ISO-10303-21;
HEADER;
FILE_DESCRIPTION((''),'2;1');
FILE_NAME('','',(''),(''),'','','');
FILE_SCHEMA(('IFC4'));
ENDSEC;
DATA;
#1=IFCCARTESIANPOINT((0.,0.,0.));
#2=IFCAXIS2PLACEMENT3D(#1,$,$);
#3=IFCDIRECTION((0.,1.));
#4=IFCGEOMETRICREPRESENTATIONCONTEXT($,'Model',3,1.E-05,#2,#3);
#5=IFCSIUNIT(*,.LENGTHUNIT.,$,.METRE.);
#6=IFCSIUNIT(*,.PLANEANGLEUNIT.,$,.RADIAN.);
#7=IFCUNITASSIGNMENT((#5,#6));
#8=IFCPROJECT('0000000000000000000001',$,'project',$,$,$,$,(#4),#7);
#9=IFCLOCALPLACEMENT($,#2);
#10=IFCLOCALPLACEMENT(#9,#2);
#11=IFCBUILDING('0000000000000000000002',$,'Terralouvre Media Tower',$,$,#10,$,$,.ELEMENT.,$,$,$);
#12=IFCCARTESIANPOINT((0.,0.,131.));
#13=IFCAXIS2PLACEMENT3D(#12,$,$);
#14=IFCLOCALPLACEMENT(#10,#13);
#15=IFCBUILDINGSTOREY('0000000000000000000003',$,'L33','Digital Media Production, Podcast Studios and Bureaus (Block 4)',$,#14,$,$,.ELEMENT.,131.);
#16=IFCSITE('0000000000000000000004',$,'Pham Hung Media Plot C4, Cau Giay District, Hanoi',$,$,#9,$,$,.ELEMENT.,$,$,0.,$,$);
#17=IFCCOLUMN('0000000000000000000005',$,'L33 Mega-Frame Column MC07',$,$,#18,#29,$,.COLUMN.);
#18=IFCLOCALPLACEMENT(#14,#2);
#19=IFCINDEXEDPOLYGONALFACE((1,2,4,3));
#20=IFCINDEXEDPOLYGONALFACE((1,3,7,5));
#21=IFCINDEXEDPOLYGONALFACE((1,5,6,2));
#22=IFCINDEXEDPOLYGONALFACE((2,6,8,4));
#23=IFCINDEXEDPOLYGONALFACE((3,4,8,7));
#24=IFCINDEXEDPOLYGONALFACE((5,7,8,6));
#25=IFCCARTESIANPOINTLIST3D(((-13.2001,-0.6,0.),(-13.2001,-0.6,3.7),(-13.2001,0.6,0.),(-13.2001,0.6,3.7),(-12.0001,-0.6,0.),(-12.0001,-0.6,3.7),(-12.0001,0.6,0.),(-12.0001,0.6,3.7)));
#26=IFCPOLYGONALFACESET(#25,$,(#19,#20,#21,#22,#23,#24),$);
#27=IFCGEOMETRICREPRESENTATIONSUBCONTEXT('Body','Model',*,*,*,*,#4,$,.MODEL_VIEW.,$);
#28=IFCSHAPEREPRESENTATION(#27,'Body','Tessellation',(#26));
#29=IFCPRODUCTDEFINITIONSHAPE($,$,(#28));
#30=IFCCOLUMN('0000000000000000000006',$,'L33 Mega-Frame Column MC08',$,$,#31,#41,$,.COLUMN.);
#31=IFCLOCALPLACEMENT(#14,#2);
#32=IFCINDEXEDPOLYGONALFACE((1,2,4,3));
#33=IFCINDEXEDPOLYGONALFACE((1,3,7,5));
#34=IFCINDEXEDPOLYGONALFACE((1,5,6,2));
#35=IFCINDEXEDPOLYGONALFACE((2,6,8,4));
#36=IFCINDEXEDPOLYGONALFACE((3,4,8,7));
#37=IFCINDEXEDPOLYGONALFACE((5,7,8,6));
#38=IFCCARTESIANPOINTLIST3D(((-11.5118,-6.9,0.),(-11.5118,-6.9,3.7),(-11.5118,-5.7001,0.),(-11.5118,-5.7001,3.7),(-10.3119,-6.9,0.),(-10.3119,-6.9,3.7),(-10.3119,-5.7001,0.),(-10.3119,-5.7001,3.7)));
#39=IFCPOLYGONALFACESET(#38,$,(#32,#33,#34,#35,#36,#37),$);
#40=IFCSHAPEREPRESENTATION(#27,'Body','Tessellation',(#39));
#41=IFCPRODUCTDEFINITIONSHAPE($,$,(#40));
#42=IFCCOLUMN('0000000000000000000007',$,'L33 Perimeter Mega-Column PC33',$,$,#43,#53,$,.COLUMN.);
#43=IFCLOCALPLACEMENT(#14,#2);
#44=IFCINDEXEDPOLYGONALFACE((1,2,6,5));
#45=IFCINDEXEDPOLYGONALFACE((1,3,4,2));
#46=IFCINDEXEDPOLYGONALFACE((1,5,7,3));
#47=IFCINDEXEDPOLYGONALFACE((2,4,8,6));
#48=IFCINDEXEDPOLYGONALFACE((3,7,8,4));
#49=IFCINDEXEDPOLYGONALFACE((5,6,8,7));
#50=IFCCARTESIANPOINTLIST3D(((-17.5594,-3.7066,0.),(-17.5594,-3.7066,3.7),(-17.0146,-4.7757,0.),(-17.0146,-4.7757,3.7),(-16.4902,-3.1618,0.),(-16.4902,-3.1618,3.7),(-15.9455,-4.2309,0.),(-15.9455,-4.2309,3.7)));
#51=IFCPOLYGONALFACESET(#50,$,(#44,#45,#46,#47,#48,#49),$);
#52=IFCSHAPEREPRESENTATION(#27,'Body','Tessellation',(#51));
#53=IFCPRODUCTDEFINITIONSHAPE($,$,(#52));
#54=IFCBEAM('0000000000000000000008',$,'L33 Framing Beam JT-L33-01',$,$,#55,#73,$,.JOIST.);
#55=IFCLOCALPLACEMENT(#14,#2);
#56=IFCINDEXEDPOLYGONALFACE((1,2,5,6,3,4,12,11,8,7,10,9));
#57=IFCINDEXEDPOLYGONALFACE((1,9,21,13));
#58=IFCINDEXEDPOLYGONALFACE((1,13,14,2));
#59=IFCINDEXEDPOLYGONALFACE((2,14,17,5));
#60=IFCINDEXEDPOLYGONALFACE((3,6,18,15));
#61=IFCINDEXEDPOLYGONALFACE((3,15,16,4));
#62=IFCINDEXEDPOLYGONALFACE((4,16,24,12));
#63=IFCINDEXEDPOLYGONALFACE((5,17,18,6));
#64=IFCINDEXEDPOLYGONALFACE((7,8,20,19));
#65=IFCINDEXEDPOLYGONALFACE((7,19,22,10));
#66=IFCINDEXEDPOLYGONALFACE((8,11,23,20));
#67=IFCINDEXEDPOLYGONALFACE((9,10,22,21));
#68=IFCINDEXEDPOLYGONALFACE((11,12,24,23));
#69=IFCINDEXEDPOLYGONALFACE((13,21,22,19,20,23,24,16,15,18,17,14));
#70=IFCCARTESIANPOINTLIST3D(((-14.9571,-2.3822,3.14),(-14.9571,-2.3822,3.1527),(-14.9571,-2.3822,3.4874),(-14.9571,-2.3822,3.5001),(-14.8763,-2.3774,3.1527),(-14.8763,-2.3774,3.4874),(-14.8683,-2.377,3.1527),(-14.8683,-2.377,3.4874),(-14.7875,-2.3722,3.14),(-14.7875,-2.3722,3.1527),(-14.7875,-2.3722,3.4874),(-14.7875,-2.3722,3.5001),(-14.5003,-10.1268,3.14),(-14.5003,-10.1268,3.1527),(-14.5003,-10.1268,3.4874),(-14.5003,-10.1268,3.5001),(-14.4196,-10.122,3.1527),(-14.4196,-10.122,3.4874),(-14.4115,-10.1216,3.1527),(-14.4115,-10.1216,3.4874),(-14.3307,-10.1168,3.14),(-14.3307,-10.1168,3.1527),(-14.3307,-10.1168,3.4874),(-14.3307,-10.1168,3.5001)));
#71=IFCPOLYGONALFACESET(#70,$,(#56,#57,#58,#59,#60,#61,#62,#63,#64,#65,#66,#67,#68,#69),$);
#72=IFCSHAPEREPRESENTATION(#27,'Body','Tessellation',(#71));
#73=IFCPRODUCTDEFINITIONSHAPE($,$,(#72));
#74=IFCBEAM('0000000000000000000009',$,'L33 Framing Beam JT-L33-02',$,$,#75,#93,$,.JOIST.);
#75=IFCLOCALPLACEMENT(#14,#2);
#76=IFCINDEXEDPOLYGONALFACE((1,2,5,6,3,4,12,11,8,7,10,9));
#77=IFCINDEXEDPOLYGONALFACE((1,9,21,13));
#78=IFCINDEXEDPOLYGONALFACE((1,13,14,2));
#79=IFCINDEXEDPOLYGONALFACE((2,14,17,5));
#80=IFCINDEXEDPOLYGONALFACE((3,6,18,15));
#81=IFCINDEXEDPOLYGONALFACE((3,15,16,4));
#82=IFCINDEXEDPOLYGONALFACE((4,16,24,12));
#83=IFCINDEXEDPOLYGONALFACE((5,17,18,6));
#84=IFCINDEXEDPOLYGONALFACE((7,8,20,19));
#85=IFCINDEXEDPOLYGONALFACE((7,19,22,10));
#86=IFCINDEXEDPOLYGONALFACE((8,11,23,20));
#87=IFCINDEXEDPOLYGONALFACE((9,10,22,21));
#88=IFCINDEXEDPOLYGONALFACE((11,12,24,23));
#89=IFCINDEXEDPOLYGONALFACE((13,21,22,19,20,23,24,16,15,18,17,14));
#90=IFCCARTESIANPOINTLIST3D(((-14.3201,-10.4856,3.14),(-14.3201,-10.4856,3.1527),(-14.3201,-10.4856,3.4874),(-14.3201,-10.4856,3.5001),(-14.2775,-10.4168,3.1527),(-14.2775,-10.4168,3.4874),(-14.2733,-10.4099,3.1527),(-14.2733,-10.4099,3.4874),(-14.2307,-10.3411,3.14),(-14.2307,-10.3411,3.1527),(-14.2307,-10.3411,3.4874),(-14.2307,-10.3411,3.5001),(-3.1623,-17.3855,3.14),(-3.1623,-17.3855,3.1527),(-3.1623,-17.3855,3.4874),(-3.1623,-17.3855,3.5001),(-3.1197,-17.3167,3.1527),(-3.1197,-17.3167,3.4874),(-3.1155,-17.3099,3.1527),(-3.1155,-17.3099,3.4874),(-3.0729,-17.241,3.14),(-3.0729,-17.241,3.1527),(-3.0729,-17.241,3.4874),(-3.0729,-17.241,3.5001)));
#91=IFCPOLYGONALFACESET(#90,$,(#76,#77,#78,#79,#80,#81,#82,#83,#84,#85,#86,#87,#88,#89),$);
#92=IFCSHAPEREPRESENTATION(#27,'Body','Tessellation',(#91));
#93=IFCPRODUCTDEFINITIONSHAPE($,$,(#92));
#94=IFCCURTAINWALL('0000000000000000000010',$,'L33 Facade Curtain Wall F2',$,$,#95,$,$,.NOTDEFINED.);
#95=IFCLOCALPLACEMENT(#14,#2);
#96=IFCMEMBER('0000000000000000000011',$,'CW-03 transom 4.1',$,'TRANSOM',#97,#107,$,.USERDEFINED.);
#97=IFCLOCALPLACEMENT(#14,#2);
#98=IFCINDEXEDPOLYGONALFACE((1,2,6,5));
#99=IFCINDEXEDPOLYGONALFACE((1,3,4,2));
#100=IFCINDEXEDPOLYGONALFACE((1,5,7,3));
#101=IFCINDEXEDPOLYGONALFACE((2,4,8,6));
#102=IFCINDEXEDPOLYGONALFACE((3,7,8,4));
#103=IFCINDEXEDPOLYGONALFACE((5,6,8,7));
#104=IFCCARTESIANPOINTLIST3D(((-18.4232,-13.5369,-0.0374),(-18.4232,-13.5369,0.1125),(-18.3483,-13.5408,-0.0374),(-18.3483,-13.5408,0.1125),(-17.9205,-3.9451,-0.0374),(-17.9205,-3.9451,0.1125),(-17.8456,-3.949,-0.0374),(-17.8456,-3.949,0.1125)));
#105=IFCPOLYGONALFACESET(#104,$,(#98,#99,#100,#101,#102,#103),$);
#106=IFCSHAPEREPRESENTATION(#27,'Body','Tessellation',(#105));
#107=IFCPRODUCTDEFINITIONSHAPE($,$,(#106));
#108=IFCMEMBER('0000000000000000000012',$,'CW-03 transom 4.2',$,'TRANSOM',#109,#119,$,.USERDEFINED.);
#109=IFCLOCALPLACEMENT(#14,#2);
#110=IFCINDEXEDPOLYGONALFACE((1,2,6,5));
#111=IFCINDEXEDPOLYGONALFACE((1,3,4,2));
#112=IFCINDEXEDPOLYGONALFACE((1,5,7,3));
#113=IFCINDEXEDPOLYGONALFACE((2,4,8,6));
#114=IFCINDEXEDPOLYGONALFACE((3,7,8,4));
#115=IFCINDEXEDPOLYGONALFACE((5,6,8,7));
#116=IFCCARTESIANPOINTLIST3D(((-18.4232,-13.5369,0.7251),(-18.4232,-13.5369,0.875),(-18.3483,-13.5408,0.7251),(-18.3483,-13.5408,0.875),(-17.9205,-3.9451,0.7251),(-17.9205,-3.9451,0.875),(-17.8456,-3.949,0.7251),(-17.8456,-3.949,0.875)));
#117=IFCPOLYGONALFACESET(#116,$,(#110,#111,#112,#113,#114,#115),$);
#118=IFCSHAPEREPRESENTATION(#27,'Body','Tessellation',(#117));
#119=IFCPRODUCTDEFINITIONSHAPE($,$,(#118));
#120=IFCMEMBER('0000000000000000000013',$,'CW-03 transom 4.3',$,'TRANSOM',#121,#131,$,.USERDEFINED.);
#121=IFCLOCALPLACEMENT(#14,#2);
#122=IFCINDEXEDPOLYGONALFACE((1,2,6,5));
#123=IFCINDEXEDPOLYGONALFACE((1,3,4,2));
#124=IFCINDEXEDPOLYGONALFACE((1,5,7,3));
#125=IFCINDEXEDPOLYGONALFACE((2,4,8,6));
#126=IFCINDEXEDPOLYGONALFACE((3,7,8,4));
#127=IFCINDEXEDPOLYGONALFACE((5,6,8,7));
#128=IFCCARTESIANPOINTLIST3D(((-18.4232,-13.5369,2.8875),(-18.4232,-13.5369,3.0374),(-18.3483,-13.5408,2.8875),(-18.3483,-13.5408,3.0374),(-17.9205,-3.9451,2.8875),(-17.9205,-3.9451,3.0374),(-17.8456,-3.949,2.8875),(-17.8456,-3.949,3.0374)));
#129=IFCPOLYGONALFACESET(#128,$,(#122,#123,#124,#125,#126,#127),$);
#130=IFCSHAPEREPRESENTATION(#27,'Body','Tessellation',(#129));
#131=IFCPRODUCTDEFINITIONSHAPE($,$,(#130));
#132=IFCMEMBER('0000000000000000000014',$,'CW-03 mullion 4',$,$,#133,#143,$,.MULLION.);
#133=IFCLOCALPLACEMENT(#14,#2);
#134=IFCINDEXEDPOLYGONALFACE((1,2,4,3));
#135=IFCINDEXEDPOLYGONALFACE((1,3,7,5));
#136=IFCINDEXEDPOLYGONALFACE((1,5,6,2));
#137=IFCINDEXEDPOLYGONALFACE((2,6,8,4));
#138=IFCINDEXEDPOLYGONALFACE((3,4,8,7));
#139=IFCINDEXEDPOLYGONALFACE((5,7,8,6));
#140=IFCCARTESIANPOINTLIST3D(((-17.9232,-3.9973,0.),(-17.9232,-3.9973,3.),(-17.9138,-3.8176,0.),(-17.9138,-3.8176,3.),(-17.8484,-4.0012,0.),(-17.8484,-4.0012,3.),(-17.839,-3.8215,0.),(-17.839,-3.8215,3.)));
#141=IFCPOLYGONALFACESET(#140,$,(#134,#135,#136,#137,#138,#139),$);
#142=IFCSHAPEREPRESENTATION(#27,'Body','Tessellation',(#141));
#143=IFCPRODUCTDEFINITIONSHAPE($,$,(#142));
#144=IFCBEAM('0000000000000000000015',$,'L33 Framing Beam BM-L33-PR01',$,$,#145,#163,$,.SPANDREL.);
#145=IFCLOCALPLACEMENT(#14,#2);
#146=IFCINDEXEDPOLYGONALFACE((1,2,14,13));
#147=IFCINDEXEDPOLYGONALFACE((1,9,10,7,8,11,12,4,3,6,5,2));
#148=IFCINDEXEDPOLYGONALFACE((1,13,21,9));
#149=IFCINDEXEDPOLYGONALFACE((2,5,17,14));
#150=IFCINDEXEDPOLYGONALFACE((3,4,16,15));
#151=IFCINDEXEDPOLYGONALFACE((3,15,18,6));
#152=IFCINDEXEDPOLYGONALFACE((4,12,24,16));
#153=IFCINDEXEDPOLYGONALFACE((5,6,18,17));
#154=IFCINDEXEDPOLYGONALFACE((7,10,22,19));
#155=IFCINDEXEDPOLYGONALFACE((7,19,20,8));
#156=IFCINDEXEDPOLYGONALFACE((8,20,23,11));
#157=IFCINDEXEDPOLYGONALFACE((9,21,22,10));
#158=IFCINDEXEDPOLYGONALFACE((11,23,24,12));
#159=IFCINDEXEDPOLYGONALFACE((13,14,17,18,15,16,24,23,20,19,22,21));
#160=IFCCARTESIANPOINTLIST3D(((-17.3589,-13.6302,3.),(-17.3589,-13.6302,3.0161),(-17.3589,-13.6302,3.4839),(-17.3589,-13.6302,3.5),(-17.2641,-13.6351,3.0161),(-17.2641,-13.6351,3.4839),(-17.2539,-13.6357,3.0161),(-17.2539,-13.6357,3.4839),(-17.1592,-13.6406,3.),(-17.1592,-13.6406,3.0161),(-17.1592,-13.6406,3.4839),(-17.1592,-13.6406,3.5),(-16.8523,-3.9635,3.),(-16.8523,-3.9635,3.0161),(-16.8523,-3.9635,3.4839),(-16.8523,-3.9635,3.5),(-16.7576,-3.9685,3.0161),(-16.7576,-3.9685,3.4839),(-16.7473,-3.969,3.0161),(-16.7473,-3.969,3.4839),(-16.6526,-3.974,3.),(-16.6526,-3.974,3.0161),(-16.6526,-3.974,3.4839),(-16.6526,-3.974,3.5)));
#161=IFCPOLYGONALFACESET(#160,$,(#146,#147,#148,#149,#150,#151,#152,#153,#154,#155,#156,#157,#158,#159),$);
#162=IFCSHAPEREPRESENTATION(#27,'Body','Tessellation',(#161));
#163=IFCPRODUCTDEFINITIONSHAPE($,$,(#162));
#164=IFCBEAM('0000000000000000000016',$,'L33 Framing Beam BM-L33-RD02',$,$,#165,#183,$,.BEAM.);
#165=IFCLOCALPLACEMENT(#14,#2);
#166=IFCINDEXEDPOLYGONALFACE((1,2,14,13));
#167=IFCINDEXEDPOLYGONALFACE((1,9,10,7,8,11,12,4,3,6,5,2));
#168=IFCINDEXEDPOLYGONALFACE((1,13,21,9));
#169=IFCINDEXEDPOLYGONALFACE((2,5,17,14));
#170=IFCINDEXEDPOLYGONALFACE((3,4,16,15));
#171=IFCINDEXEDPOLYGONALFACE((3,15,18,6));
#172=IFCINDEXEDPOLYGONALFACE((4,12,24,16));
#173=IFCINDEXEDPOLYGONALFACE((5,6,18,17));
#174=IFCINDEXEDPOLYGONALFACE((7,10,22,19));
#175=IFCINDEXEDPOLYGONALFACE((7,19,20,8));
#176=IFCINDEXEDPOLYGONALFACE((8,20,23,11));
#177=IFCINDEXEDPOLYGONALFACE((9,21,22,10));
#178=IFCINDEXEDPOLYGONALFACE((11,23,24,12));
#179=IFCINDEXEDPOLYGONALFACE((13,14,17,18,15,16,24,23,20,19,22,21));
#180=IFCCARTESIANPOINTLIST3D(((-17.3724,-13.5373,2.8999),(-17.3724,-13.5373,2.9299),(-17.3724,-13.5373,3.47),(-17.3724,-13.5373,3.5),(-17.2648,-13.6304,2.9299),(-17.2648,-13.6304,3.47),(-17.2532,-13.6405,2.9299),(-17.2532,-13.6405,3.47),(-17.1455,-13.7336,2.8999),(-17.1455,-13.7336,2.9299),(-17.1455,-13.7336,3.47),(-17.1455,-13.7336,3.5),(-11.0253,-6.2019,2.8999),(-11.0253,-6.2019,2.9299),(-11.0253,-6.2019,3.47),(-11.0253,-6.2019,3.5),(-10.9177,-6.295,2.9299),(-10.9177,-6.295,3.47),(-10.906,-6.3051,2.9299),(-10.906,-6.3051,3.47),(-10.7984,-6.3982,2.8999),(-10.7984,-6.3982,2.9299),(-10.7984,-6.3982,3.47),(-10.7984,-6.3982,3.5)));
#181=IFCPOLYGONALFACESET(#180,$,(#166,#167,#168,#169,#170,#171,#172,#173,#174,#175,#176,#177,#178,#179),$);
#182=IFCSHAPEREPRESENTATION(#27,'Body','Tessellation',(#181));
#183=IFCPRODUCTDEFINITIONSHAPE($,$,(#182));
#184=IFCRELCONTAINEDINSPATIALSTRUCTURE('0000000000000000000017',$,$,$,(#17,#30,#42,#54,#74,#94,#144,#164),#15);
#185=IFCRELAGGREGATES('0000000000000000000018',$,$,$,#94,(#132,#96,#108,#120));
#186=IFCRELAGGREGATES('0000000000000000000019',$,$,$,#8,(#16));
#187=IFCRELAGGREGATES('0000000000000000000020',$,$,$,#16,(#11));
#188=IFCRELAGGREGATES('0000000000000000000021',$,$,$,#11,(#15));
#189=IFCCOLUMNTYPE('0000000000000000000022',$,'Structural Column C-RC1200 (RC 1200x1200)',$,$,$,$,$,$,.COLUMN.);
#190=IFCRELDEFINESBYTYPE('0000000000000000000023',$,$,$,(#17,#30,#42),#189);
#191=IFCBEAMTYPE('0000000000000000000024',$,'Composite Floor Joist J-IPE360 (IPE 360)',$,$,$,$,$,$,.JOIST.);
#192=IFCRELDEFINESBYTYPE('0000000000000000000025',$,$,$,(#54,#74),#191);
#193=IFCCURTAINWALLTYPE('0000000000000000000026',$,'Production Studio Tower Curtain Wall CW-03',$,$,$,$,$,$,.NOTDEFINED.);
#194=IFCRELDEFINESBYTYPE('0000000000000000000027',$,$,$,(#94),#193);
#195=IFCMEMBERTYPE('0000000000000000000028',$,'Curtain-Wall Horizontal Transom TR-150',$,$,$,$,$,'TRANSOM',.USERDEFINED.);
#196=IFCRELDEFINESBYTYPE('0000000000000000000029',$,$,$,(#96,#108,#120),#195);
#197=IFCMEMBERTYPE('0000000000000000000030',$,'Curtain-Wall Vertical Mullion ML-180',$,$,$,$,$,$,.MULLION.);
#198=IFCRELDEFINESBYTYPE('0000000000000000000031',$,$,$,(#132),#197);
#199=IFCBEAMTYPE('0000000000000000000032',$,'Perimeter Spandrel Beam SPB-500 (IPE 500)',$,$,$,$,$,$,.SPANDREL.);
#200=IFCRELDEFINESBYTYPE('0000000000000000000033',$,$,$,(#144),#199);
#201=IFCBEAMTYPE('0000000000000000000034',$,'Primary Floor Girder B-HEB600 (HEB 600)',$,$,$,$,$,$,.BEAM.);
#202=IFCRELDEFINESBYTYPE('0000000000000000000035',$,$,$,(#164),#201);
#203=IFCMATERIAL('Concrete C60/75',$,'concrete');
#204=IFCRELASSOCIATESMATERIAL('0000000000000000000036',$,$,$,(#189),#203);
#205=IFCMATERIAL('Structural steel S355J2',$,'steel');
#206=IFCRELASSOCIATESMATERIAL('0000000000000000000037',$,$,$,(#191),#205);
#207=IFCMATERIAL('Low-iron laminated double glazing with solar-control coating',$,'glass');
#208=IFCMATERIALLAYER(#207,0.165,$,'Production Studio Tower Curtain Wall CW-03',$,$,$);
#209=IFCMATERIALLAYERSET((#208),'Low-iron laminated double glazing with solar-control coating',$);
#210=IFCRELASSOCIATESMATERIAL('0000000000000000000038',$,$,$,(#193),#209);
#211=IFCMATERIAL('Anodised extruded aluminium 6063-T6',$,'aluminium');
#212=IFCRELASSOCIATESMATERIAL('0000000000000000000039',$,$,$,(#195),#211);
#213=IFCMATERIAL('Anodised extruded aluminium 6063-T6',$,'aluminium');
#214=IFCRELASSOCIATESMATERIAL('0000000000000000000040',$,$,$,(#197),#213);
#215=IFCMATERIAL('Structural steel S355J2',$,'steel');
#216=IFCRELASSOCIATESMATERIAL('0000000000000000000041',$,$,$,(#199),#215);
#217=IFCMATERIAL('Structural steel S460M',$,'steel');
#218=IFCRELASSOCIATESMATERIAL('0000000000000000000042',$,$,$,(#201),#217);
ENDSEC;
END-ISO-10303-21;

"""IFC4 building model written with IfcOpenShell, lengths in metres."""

from ifc_helpers import new_model, si_unit, direction, frame, origin, origin_2d, place, context, subcontext, project, spatial, rectangle, i_section, extrude, material, layer, layer_set, material_profile, profile_set, type_object, element, aggregate, save


model = new_model("IFC4")

# Units and contexts
model_context = context("Model", 3, precision=1e-05, world=origin(), true_north=direction((0.0, 1.0)))
body_context = subcontext(model_context, "Body", "Model", "MODEL_VIEW")
ifc_project = project(units=[si_unit("LENGTHUNIT", "METRE"), si_unit("PLANEANGLEUNIT", "RADIAN")], contexts=[model_context])

# Site, building, storey
site_placement = place(None, origin())
site = spatial("IfcSite", under=ifc_project, at=site_placement, Name="Pham Hung Media Plot C4, Cau Giay District, Hanoi", CompositionType="ELEMENT", RefElevation=0.0)
building_placement = place(site_placement, origin())
building = spatial("IfcBuilding", under=site, at=building_placement, Name="Terralouvre Media Tower", CompositionType="ELEMENT")
storey_placement = place(building_placement, frame((0.0, 0.0, 131.0)))
storey = spatial("IfcBuildingStorey", under=building, at=storey_placement, Name="L33", Description="Digital Media Production, Podcast Studios and Bureaus (Block 4)", CompositionType="ELEMENT", Elevation=131.0)

# Columns
ifc_material_1 = material(Name="Concrete C60/75", Category="concrete")
ifc_material_profile_1 = material_profile(ifc_material_1, rectangle(XDim=1.2, YDim=1.2, at=origin_2d()), Name="RC 1200x1200")
ifc_profile_set_1 = profile_set([ifc_material_profile_1], Name="Concrete C60/75")
column_type = type_object("IfcColumnType", Name="Structural Column C-RC1200 (RC 1200x1200)", PredefinedType="COLUMN", material=ifc_profile_set_1)
for number, where, z_axis, x_axis, name in (
    (1, (-12.6001, 0.0, 0.0), (0.0, 0.0, 1.0), (1.0, 0.0, 0.0), "L33 Mega-Frame Column MC07"),
    (2, (-10.9119, -6.3, 0.0), (0.0, 0.0, 1.0), (1.0, 0.0, 0.0), "L33 Mega-Frame Column MC08"),
    (3, (-16.7524, -3.9688, 0.0), (0.0, 0.0, 1.0), (0.891007, 0.45399, 0.0), "L33 Perimeter Mega-Column PC33"),
):
    element("IfcColumn", number, at=place(storey_placement, frame(where, z_axis=z_axis, x_axis=x_axis)), inside=storey, type_object=column_type, Name=name, PredefinedType="COLUMN", context=body_context, shape_type="SweptSolid", body=[
        extrude(rectangle(XDim=1.2, YDim=1.2, at=origin_2d()), origin(), (0.0, 0.0, 1.0), 3.7),
    ])

# Beams
ifc_material_2 = material(Name="Structural steel S355J2", Category="steel")
ifc_material_profile_2 = material_profile(ifc_material_2, i_section(OverallWidth=0.1699, OverallDepth=0.3601, WebThickness=0.0081, FlangeThickness=0.0127, at=origin_2d()), Name="IPE 360")
ifc_profile_set_2 = profile_set([ifc_material_profile_2], Name="Structural steel S355J2")
beam_type_1 = type_object("IfcBeamType", Name="Composite Floor Joist J-IPE360 (IPE 360)", PredefinedType="JOIST", material=ifc_profile_set_2)
beam_1_placement = place(storey_placement, frame((-14.8723, -2.3772, 3.3201), z_axis=(0.058879, -0.998265, 0.0), x_axis=(0.998265, 0.058879, 0.0)))
element("IfcBeam", 4, at=beam_1_placement, inside=storey, type_object=beam_type_1, Name="L33 Framing Beam JT-L33-01", PredefinedType="JOIST", context=body_context, shape_type="SweptSolid", body=[
    extrude(i_section(OverallWidth=0.1699, OverallDepth=0.3601, WebThickness=0.0081, FlangeThickness=0.0127, at=origin_2d()), origin(), (0.0, 0.0, 1.0), 7.7581),
])
beam_2_placement = place(storey_placement, frame((-14.2754, -10.4133, 3.3201), z_axis=(0.850513, -0.525955, 0.0), x_axis=(0.525955, 0.850513, 0.0)))
element("IfcBeam", 5, at=beam_2_placement, inside=storey, type_object=beam_type_1, Name="L33 Framing Beam JT-L33-02", PredefinedType="JOIST", context=body_context, shape_type="SweptSolid", body=[
    extrude(i_section(OverallWidth=0.1699, OverallDepth=0.3601, WebThickness=0.0081, FlangeThickness=0.0127, at=origin_2d()), origin(), (0.0, 0.0, 1.0), 13.1189),
])

# Curtain wall, members
ifc_material_3 = material(Name="Low-iron laminated double glazing with solar-control coating", Category="glass")
ifc_layer_1 = layer(ifc_material_3, 0.165, Name="Production Studio Tower Curtain Wall CW-03")
ifc_layer_set_1 = layer_set([ifc_layer_1], Name="Low-iron laminated double glazing with solar-control coating")
curtain_wall_type = type_object("IfcCurtainWallType", Name="Production Studio Tower Curtain Wall CW-03", PredefinedType="NOTDEFINED", material=ifc_layer_set_1)
curtain_wall_placement = place(storey_placement, origin())
curtain_wall = element("IfcCurtainWall", 6, at=curtain_wall_placement, inside=storey, type_object=curtain_wall_type, Name="L33 Facade Curtain Wall F2", PredefinedType="NOTDEFINED")
ifc_material_4 = material(Name="Anodised extruded aluminium 6063-T6", Category="aluminium")
ifc_material_profile_3 = material_profile(ifc_material_4, rectangle(XDim=0.075, YDim=0.1499, at=origin_2d()), Name="ALU 75x150")
ifc_profile_set_3 = profile_set([ifc_material_profile_3], Name="Anodised extruded aluminium 6063-T6")
member_type_1 = type_object("IfcMemberType", Name="Curtain-Wall Horizontal Transom TR-150", ElementType="TRANSOM", PredefinedType="USERDEFINED", material=ifc_profile_set_3)
member_1_placement = place(storey_placement, frame((-17.8831, -3.947, 0.0376), z_axis=(-0.052336, -0.99863, 0.0), x_axis=(0.99863, -0.052336, 0.0)))
member_1 = element("IfcMember", 7, at=member_1_placement, type_object=member_type_1, Name="CW-03 transom 4.1", ObjectType="TRANSOM", PredefinedType="USERDEFINED", context=body_context, shape_type="SweptSolid", body=[
    extrude(rectangle(XDim=0.075, YDim=0.1499, at=origin_2d()), origin(), (0.0, 0.0, 1.0), 9.605),
])
member_2_placement = place(storey_placement, frame((-17.8831, -3.947, 0.8), z_axis=(-0.052336, -0.99863, 0.0), x_axis=(0.99863, -0.052336, 0.0)))
member_2 = element("IfcMember", 8, at=member_2_placement, type_object=member_type_1, Name="CW-03 transom 4.2", ObjectType="TRANSOM", PredefinedType="USERDEFINED", context=body_context, shape_type="SweptSolid", body=[
    extrude(rectangle(XDim=0.075, YDim=0.1499, at=origin_2d()), origin(), (0.0, 0.0, 1.0), 9.605),
])
member_3_placement = place(storey_placement, frame((-17.8831, -3.947, 2.9624), z_axis=(-0.052336, -0.99863, 0.0), x_axis=(0.99863, -0.052336, 0.0)))
member_3 = element("IfcMember", 9, at=member_3_placement, type_object=member_type_1, Name="CW-03 transom 4.3", ObjectType="TRANSOM", PredefinedType="USERDEFINED", context=body_context, shape_type="SweptSolid", body=[
    extrude(rectangle(XDim=0.075, YDim=0.1499, at=origin_2d()), origin(), (0.0, 0.0, 1.0), 9.605),
])
ifc_material_5 = material(Name="Anodised extruded aluminium 6063-T6", Category="aluminium")
ifc_material_profile_4 = material_profile(ifc_material_5, rectangle(XDim=0.075, YDim=0.1799, at=origin_2d()), Name="ALU 75x180")
ifc_profile_set_4 = profile_set([ifc_material_profile_4], Name="Anodised extruded aluminium 6063-T6")
member_type_2 = type_object("IfcMemberType", Name="Curtain-Wall Vertical Mullion ML-180", PredefinedType="MULLION", material=ifc_profile_set_4)
member_4_placement = place(storey_placement, frame((-17.8811, -3.9094, 0.0), z_axis=(0.0, 0.0, 1.0), x_axis=(0.99863, -0.052336, 0.0)))
member_4 = element("IfcMember", 10, at=member_4_placement, type_object=member_type_2, Name="CW-03 mullion 4", PredefinedType="MULLION", context=body_context, shape_type="SweptSolid", body=[
    extrude(rectangle(XDim=0.075, YDim=0.1799, at=origin_2d()), origin(), (0.0, 0.0, 1.0), 3.0),
])

# Beams
ifc_material_6 = material(Name="Structural steel S355J2", Category="steel")
ifc_material_profile_5 = material_profile(ifc_material_6, i_section(OverallWidth=0.2, OverallDepth=0.5, WebThickness=0.0103, FlangeThickness=0.0161, at=origin_2d()), Name="IPE 500")
ifc_profile_set_5 = profile_set([ifc_material_profile_5], Name="Structural steel S355J2")
beam_type_2 = type_object("IfcBeamType", Name="Perimeter Spandrel Beam SPB-500 (IPE 500)", PredefinedType="SPANDREL", material=ifc_profile_set_5)
beam_3_placement = place(storey_placement, frame((-16.7524, -3.9688, 3.25), z_axis=(-0.052334, -0.99863, 0.0), x_axis=(0.99863, -0.052334, 0.0)))
element("IfcBeam", 11, at=beam_3_placement, inside=storey, type_object=beam_type_2, Name="L33 Framing Beam BM-L33-PR01", PredefinedType="SPANDREL", context=body_context, shape_type="SweptSolid", body=[
    extrude(i_section(OverallWidth=0.2, OverallDepth=0.5, WebThickness=0.0103, FlangeThickness=0.0161, at=origin_2d()), origin(), (0.0, 0.0, 1.0), 9.6799),
])
ifc_material_7 = material(Name="Structural steel S460M", Category="steel")
ifc_material_profile_6 = material_profile(ifc_material_7, i_section(OverallWidth=0.3, OverallDepth=0.6001, WebThickness=0.0154, FlangeThickness=0.03, at=origin_2d()), Name="HEB 600")
ifc_profile_set_6 = profile_set([ifc_material_profile_6], Name="Structural steel S460M")
beam_type_3 = type_object("IfcBeamType", Name="Primary Floor Girder B-HEB600 (HEB 600)", PredefinedType="BEAM", material=ifc_profile_set_6)
beam_4_placement = place(storey_placement, frame((-10.9119, -6.3, 3.2), z_axis=(-0.654329, -0.75621, 0.0), x_axis=(0.75621, -0.654329, 0.0)))
element("IfcBeam", 12, at=beam_4_placement, inside=storey, type_object=beam_type_3, Name="L33 Framing Beam BM-L33-RD02", PredefinedType="BEAM", context=body_context, shape_type="SweptSolid", body=[
    extrude(i_section(OverallWidth=0.3, OverallDepth=0.6001, WebThickness=0.0154, FlangeThickness=0.03, at=origin_2d()), origin(), (0.0, 0.0, 1.0), 9.7002),
])

aggregate(curtain_wall, [member_4, member_1, member_2, member_3])

save(model, "model.ifc")
